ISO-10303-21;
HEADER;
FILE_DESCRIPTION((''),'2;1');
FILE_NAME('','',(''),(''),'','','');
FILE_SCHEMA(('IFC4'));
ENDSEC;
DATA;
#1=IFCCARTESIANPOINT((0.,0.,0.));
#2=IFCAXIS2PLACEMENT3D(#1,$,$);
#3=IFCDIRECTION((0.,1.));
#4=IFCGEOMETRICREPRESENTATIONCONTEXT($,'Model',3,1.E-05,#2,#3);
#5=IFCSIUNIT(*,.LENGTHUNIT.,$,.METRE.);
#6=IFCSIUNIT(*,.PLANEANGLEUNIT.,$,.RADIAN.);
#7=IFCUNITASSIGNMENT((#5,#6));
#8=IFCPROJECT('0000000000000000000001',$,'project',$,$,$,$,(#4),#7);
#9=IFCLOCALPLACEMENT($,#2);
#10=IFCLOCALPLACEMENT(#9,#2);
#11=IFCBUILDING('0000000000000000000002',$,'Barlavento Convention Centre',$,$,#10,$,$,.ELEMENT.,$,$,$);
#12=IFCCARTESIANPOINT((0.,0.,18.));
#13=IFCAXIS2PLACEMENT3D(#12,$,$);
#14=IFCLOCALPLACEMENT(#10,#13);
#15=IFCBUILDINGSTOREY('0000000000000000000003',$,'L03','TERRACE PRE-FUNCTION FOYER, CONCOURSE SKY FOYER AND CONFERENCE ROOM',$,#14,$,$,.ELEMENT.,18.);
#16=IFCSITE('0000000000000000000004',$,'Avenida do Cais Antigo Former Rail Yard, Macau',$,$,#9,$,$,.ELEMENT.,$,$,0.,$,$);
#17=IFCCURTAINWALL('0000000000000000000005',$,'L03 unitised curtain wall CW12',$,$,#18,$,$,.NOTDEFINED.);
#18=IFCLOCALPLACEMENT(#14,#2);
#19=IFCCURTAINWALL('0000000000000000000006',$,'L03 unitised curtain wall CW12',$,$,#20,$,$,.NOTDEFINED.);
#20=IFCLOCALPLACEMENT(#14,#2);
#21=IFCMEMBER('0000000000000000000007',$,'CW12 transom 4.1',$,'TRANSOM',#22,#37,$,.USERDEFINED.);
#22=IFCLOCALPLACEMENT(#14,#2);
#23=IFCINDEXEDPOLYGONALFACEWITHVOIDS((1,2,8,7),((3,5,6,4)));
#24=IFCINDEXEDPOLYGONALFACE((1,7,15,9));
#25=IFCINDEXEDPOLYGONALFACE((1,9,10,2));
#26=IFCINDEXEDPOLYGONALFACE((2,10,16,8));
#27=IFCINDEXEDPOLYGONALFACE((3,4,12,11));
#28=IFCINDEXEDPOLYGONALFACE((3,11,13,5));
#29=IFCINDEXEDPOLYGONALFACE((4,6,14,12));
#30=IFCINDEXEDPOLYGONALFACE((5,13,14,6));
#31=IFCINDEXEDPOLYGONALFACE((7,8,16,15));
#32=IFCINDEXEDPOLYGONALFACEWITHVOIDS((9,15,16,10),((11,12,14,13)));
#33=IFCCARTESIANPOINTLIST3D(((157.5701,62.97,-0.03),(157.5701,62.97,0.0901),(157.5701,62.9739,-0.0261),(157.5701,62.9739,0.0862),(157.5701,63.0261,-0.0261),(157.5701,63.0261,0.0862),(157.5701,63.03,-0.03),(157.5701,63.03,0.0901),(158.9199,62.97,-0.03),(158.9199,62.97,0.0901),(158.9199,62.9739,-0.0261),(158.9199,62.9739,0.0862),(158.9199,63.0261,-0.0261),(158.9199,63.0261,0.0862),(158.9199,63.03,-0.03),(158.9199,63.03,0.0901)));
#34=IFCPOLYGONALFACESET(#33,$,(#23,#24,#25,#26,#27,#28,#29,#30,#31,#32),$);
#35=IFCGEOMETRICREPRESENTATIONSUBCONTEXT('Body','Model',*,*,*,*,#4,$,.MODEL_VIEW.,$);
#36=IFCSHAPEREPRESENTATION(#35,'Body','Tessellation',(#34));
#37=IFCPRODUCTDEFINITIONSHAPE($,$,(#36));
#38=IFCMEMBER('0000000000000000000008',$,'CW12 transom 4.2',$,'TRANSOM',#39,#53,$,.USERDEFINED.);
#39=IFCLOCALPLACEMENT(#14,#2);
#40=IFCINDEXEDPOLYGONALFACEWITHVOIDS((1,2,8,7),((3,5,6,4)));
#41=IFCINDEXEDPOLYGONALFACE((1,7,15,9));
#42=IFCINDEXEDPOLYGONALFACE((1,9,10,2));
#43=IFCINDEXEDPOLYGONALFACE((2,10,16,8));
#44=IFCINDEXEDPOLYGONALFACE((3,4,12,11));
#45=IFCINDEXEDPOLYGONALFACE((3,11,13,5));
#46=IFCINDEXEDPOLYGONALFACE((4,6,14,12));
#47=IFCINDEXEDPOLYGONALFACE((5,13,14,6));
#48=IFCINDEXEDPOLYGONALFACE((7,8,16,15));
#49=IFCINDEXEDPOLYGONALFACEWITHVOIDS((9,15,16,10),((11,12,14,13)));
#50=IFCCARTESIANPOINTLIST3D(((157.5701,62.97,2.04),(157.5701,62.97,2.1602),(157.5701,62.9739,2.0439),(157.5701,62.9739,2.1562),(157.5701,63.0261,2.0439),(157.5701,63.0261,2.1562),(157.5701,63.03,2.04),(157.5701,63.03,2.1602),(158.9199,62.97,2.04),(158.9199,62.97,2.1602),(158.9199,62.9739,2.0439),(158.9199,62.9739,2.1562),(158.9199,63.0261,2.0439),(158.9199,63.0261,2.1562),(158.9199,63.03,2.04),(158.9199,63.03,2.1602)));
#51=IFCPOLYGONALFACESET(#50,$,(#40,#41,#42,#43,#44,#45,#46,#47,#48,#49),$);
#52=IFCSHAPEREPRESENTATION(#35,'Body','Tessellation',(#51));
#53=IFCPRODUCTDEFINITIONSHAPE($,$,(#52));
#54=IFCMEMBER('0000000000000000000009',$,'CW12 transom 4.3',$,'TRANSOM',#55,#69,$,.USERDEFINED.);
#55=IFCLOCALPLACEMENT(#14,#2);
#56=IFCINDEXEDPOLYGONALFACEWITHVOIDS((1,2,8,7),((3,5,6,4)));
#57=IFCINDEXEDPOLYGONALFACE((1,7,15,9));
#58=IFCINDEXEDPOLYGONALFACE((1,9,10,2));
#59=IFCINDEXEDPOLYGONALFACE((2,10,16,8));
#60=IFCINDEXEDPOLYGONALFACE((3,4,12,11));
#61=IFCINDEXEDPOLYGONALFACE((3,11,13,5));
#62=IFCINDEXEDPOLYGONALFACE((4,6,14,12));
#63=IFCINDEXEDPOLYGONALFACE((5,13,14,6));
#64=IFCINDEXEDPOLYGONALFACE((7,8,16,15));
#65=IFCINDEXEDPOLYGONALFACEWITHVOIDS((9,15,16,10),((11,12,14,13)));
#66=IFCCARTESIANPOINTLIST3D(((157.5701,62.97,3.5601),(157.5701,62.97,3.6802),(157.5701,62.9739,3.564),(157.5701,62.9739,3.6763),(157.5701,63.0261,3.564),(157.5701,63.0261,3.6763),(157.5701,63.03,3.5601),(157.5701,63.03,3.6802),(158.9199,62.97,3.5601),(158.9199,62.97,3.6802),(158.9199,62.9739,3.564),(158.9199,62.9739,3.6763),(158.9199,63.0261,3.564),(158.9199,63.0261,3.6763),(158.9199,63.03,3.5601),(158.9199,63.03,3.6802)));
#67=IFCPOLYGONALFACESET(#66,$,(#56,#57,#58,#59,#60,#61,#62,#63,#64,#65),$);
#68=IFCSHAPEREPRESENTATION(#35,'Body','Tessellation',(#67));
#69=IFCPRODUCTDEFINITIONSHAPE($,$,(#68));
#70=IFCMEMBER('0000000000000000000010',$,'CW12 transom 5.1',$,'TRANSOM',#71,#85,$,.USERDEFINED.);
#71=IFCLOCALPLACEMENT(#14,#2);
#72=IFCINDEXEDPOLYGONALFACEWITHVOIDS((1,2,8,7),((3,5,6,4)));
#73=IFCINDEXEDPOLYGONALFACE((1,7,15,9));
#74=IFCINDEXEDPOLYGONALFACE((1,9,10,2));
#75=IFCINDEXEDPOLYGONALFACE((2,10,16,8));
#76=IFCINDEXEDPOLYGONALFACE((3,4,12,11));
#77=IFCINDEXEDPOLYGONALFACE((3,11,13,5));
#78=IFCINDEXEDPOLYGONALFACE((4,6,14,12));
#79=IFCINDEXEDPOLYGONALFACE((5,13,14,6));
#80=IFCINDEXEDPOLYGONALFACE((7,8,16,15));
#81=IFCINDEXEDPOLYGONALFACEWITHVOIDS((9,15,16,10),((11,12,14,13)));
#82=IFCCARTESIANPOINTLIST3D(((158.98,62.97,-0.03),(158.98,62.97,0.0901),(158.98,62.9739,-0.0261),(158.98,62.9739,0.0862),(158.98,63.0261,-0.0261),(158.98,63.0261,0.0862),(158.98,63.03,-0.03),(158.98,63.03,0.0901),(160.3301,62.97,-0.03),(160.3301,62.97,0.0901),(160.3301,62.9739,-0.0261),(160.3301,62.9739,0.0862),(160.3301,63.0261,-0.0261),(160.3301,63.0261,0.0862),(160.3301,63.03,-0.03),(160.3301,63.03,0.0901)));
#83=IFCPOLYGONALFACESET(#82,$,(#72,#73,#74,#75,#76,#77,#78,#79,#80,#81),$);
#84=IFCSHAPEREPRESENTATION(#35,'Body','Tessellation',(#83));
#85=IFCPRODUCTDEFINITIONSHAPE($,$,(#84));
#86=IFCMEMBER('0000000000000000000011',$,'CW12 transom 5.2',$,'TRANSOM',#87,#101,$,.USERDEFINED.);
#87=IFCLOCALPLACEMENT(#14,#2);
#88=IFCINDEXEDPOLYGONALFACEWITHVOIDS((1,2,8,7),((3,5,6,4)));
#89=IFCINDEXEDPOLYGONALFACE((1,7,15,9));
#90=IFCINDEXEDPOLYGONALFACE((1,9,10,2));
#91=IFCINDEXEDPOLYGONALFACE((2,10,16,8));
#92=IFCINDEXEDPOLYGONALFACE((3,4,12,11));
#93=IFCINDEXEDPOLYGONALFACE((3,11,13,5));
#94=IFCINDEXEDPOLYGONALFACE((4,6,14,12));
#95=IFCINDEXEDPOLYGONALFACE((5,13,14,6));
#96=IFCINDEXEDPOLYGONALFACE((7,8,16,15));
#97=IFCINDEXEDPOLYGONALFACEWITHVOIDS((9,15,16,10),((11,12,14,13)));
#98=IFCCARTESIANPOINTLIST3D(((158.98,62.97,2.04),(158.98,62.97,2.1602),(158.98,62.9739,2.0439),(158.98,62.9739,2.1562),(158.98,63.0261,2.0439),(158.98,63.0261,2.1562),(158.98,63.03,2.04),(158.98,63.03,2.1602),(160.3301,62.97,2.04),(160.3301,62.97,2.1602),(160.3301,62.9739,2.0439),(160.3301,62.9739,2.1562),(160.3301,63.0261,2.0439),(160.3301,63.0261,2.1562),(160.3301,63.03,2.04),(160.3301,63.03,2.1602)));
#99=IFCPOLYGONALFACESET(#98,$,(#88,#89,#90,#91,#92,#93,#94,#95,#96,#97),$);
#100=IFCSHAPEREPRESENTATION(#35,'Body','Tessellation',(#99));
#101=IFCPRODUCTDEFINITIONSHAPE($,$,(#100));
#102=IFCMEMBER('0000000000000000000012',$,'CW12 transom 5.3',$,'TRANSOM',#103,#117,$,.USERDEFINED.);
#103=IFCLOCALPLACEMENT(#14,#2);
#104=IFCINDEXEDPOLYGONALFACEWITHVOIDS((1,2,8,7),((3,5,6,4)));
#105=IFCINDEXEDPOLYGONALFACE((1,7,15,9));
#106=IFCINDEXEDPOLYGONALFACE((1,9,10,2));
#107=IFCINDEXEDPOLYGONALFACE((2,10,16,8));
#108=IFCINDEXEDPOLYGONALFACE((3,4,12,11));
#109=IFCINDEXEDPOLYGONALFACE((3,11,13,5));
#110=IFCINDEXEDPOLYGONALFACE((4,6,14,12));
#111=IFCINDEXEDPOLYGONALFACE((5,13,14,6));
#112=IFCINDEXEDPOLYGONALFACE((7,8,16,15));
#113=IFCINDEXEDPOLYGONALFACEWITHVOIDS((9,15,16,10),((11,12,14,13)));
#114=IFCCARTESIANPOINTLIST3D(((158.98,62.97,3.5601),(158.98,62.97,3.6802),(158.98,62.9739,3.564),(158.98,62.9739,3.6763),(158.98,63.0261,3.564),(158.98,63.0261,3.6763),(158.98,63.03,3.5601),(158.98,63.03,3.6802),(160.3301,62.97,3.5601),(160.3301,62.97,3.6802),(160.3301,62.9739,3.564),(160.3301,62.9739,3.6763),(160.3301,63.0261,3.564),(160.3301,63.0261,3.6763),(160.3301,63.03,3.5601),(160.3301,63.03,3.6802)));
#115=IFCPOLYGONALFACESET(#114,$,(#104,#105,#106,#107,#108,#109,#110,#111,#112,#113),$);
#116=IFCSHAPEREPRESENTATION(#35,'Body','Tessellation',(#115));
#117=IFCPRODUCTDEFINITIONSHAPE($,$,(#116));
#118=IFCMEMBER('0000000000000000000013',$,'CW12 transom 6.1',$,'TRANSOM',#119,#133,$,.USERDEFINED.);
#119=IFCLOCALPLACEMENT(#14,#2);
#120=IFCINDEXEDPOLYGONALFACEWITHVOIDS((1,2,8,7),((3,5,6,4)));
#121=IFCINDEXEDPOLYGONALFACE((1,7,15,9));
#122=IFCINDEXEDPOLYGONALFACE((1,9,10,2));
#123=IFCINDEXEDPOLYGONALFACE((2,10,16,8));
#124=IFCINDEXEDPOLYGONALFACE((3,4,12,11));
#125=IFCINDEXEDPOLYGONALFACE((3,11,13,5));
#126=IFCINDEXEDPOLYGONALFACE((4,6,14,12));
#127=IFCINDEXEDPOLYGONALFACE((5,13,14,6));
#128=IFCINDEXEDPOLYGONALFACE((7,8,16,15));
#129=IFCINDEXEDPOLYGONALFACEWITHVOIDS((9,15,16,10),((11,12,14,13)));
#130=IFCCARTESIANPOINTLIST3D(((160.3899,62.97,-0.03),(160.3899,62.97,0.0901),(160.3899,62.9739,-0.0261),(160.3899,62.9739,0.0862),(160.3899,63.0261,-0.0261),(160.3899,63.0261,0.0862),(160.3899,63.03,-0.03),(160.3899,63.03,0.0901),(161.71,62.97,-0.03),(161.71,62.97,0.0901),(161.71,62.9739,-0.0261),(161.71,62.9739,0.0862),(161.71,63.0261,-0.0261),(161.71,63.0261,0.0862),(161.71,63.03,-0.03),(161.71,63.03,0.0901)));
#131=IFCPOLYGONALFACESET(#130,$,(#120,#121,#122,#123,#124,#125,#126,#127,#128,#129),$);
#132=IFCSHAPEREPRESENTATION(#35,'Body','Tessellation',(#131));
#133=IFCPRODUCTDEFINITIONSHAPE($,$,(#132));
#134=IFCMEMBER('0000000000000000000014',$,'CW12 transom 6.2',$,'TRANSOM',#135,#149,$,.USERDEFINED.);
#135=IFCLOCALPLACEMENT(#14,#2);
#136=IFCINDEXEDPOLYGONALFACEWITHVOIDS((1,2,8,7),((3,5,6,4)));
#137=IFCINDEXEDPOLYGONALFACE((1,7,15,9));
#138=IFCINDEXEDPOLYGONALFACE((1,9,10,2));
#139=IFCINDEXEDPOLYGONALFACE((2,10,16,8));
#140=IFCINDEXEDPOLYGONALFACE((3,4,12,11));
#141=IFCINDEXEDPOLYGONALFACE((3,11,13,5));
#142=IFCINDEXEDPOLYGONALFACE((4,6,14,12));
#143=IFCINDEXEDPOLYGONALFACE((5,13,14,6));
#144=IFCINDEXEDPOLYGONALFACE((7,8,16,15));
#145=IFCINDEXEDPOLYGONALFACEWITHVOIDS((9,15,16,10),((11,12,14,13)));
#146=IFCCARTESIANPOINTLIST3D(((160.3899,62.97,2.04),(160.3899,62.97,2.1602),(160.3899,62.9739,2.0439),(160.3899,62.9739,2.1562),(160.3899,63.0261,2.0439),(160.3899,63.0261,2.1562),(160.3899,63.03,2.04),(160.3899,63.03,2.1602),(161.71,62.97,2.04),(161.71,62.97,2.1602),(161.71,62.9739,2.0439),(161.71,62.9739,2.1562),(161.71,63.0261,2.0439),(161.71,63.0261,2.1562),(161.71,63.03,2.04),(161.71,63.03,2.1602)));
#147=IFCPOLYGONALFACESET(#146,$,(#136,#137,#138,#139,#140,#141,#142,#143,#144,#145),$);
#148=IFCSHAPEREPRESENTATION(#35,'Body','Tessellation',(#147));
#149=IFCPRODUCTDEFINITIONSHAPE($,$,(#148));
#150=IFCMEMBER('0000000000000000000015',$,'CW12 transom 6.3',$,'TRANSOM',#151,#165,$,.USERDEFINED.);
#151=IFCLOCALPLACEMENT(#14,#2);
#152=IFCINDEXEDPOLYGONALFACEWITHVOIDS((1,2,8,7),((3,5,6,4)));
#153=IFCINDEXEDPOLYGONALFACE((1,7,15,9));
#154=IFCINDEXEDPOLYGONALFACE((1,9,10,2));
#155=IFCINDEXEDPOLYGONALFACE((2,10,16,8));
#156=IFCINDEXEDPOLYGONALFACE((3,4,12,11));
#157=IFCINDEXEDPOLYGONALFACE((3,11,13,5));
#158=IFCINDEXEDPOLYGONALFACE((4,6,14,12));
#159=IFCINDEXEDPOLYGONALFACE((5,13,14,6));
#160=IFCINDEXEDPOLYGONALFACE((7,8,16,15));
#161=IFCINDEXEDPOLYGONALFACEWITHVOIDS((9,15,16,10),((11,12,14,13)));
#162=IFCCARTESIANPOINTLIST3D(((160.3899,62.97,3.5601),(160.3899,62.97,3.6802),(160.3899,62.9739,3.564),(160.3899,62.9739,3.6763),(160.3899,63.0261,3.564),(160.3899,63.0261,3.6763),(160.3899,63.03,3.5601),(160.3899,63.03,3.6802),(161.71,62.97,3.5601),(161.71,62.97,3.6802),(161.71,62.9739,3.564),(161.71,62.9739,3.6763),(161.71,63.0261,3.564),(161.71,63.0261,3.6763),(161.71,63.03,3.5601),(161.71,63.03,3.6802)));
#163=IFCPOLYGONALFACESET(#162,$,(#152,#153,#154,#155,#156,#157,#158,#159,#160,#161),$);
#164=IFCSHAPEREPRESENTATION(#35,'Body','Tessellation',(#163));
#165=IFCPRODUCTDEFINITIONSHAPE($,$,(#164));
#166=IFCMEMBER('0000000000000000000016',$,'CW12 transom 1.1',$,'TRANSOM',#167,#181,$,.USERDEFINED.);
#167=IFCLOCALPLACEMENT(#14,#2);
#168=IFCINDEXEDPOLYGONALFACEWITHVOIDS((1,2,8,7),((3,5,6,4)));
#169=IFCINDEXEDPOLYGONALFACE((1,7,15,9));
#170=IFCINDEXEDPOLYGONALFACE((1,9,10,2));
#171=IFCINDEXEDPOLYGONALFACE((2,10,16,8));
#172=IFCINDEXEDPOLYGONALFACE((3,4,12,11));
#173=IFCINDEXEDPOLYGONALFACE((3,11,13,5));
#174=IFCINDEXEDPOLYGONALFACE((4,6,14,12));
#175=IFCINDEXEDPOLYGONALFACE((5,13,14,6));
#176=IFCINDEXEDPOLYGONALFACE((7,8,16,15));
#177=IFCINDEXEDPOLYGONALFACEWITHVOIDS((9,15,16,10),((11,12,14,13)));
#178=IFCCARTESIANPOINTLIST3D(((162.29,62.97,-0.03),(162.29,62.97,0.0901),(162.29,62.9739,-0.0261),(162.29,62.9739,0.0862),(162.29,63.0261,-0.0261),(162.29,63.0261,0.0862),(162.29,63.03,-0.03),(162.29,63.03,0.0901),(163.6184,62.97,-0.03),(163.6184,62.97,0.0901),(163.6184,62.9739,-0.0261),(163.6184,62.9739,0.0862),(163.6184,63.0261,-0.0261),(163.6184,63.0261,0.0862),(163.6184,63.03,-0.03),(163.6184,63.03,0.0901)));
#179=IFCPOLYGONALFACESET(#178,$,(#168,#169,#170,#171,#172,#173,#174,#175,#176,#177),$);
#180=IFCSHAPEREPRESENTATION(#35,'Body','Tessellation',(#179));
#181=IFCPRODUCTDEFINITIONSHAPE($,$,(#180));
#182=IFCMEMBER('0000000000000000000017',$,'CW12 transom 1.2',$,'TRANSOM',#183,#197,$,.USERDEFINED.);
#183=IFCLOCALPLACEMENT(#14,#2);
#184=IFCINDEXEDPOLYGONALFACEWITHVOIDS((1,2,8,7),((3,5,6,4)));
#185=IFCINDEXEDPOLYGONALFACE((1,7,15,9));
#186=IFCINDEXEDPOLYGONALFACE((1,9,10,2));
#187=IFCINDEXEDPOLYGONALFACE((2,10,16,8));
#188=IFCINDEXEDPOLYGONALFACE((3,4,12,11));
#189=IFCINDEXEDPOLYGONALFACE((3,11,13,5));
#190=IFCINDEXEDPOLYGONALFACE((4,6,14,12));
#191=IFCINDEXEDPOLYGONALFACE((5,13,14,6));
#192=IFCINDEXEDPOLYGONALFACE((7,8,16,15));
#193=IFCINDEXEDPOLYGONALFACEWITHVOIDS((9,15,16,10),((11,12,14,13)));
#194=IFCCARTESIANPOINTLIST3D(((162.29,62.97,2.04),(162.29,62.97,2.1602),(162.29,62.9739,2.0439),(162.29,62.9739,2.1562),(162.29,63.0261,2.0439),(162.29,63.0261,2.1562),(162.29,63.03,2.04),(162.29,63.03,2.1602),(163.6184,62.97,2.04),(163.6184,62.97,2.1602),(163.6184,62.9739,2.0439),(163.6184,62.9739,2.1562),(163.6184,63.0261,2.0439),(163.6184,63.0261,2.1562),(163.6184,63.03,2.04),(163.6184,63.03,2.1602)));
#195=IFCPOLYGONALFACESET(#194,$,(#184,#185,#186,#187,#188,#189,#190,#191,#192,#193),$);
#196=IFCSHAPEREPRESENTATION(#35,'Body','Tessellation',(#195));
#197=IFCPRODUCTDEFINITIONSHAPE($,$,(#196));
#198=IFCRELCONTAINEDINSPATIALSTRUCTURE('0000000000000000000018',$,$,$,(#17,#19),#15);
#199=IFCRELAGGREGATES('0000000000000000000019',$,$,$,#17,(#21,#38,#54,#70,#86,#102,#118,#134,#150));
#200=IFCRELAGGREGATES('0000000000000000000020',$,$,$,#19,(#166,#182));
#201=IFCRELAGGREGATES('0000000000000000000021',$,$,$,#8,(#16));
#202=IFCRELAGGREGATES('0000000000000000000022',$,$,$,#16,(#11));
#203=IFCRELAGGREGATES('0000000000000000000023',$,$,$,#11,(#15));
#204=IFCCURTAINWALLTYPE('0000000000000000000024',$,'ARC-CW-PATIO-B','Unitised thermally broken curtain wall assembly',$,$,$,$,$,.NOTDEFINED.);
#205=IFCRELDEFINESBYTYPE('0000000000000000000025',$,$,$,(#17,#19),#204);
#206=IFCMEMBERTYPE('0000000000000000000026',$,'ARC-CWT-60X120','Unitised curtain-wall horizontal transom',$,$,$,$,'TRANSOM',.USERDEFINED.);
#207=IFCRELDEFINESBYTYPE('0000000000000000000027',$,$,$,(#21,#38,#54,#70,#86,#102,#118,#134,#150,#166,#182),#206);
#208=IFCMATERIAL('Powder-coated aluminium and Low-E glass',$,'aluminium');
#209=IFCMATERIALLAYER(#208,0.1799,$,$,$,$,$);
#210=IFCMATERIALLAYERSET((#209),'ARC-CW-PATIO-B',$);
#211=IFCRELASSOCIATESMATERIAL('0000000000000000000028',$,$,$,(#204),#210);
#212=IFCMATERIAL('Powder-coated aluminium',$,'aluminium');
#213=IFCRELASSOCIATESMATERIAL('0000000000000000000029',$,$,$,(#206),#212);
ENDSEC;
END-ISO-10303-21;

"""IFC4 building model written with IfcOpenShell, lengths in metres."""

from ifc_helpers import new_model, si_unit, direction, frame, origin, origin_2d, place, context, subcontext, project, spatial, hollow_rectangle, extrude, material, layer, layer_set, material_profile, profile_set, type_object, element, aggregate, save


model = new_model("IFC4")

# Units and contexts
model_context = context("Model", 3, precision=1e-05, world=origin(), true_north=direction((0.0, 1.0)))
body_context = subcontext(model_context, "Body", "Model", "MODEL_VIEW")
ifc_project = project(units=[si_unit("LENGTHUNIT", "METRE"), si_unit("PLANEANGLEUNIT", "RADIAN")], contexts=[model_context])

# Site, building, storey
site_placement = place(None, origin())
site = spatial("IfcSite", under=ifc_project, at=site_placement, Name="Avenida do Cais Antigo Former Rail Yard, Macau", CompositionType="ELEMENT", RefElevation=0.0)
building_placement = place(site_placement, origin())
building = spatial("IfcBuilding", under=site, at=building_placement, Name="Barlavento Convention Centre", CompositionType="ELEMENT")
storey_placement = place(building_placement, frame((0.0, 0.0, 18.0)))
storey = spatial("IfcBuildingStorey", under=building, at=storey_placement, Name="L03", Description="TERRACE PRE-FUNCTION FOYER, CONCOURSE SKY FOYER AND CONFERENCE ROOM", CompositionType="ELEMENT", Elevation=18.0)

# Curtain wall
ifc_material_1 = material(Name="Powder-coated aluminium and Low-E glass", Category="aluminium")
ifc_layer_1 = layer(ifc_material_1, 0.1799)
ifc_layer_set_1 = layer_set([ifc_layer_1], Name="ARC-CW-PATIO-B")
curtain_wall_type = type_object("IfcCurtainWallType", Name="ARC-CW-PATIO-B", Description="Unitised thermally broken curtain wall assembly", PredefinedType="NOTDEFINED", material=ifc_layer_set_1)
curtain_wall_1_placement = place(storey_placement, origin())
curtain_wall_1 = element("IfcCurtainWall", 1, at=curtain_wall_1_placement, inside=storey, type_object=curtain_wall_type, Name="L03 unitised curtain wall CW12", PredefinedType="NOTDEFINED")
ifc_material_2 = material(Name="Powder-coated aluminium", Category="aluminium")

# Curtain wall
curtain_wall_2_placement = place(storey_placement, origin())
curtain_wall_2 = element("IfcCurtainWall", 2, at=curtain_wall_2_placement, inside=storey, type_object=curtain_wall_type, Name="L03 unitised curtain wall CW12", PredefinedType="NOTDEFINED")

# Members
ifc_material_profile_1 = material_profile(ifc_material_2, hollow_rectangle(XDim=0.0601, YDim=0.1201, WallThickness=0.0039, at=origin_2d()), Name="AL-TRAN 60x120x4")
ifc_profile_set_1 = profile_set([ifc_material_profile_1], Name="Powder-coated aluminium")
member_type_1 = type_object("IfcMemberType", Name="ARC-CWT-60X120", Description="Unitised curtain-wall horizontal transom", ElementType="TRANSOM", PredefinedType="USERDEFINED", material=ifc_profile_set_1)
member_1_placement = place(storey_placement, frame((157.5701, 63.0, 0.03), z_axis=(1.0, 0.0, 0.0), x_axis=(0.0, 1.0, 0.0)))
member_1 = element("IfcMember", 3, at=member_1_placement, type_object=member_type_1, Name="CW12 transom 4.1", ObjectType="TRANSOM", PredefinedType="USERDEFINED", context=body_context, shape_type="SweptSolid", body=[
    extrude(hollow_rectangle(XDim=0.0601, YDim=0.1201, WallThickness=0.0039, at=origin_2d()), origin(), (0.0, 0.0, 1.0), 1.3499),
])
member_2_placement = place(storey_placement, frame((157.5701, 63.0, 2.1001), z_axis=(1.0, 0.0, 0.0), x_axis=(0.0, 1.0, 0.0)))
member_2 = element("IfcMember", 4, at=member_2_placement, type_object=member_type_1, Name="CW12 transom 4.2", ObjectType="TRANSOM", PredefinedType="USERDEFINED", context=body_context, shape_type="SweptSolid", body=[
    extrude(hollow_rectangle(XDim=0.0601, YDim=0.1201, WallThickness=0.0039, at=origin_2d()), origin(), (0.0, 0.0, 1.0), 1.3499),
])
member_3_placement = place(storey_placement, frame((157.5701, 63.0, 3.6201), z_axis=(1.0, 0.0, 0.0), x_axis=(0.0, 1.0, 0.0)))
member_3 = element("IfcMember", 5, at=member_3_placement, type_object=member_type_1, Name="CW12 transom 4.3", ObjectType="TRANSOM", PredefinedType="USERDEFINED", context=body_context, shape_type="SweptSolid", body=[
    extrude(hollow_rectangle(XDim=0.0601, YDim=0.1201, WallThickness=0.0039, at=origin_2d()), origin(), (0.0, 0.0, 1.0), 1.3499),
])
member_4_placement = place(storey_placement, frame((158.98, 63.0, 0.03), z_axis=(1.0, 0.0, 0.0), x_axis=(0.0, 1.0, 0.0)))
member_4 = element("IfcMember", 6, at=member_4_placement, type_object=member_type_1, Name="CW12 transom 5.1", ObjectType="TRANSOM", PredefinedType="USERDEFINED", context=body_context, shape_type="SweptSolid", body=[
    extrude(hollow_rectangle(XDim=0.0601, YDim=0.1201, WallThickness=0.0039, at=origin_2d()), origin(), (0.0, 0.0, 1.0), 1.3501),
])
member_5_placement = place(storey_placement, frame((158.98, 63.0, 2.1001), z_axis=(1.0, 0.0, 0.0), x_axis=(0.0, 1.0, 0.0)))
member_5 = element("IfcMember", 7, at=member_5_placement, type_object=member_type_1, Name="CW12 transom 5.2", ObjectType="TRANSOM", PredefinedType="USERDEFINED", context=body_context, shape_type="SweptSolid", body=[
    extrude(hollow_rectangle(XDim=0.0601, YDim=0.1201, WallThickness=0.0039, at=origin_2d()), origin(), (0.0, 0.0, 1.0), 1.3501),
])
member_6_placement = place(storey_placement, frame((158.98, 63.0, 3.6201), z_axis=(1.0, 0.0, 0.0), x_axis=(0.0, 1.0, 0.0)))
member_6 = element("IfcMember", 8, at=member_6_placement, type_object=member_type_1, Name="CW12 transom 5.3", ObjectType="TRANSOM", PredefinedType="USERDEFINED", context=body_context, shape_type="SweptSolid", body=[
    extrude(hollow_rectangle(XDim=0.0601, YDim=0.1201, WallThickness=0.0039, at=origin_2d()), origin(), (0.0, 0.0, 1.0), 1.3501),
])
member_7_placement = place(storey_placement, frame((160.3899, 63.0, 0.03), z_axis=(1.0, 0.0, 0.0), x_axis=(0.0, 1.0, 0.0)))
member_7 = element("IfcMember", 9, at=member_7_placement, type_object=member_type_1, Name="CW12 transom 6.1", ObjectType="TRANSOM", PredefinedType="USERDEFINED", context=body_context, shape_type="SweptSolid", body=[
    extrude(hollow_rectangle(XDim=0.0601, YDim=0.1201, WallThickness=0.0039, at=origin_2d()), origin(), (0.0, 0.0, 1.0), 1.3201),
])
member_8_placement = place(storey_placement, frame((160.3899, 63.0, 2.1001), z_axis=(1.0, 0.0, 0.0), x_axis=(0.0, 1.0, 0.0)))
member_8 = element("IfcMember", 10, at=member_8_placement, type_object=member_type_1, Name="CW12 transom 6.2", ObjectType="TRANSOM", PredefinedType="USERDEFINED", context=body_context, shape_type="SweptSolid", body=[
    extrude(hollow_rectangle(XDim=0.0601, YDim=0.1201, WallThickness=0.0039, at=origin_2d()), origin(), (0.0, 0.0, 1.0), 1.3201),
])
member_9_placement = place(storey_placement, frame((160.3899, 63.0, 3.6201), z_axis=(1.0, 0.0, 0.0), x_axis=(0.0, 1.0, 0.0)))
member_9 = element("IfcMember", 11, at=member_9_placement, type_object=member_type_1, Name="CW12 transom 6.3", ObjectType="TRANSOM", PredefinedType="USERDEFINED", context=body_context, shape_type="SweptSolid", body=[
    extrude(hollow_rectangle(XDim=0.0601, YDim=0.1201, WallThickness=0.0039, at=origin_2d()), origin(), (0.0, 0.0, 1.0), 1.3201),
])
member_10_placement = place(storey_placement, frame((162.29, 63.0, 0.03), z_axis=(1.0, 0.0, 0.0), x_axis=(0.0, 1.0, 0.0)))
member_10 = element("IfcMember", 12, at=member_10_placement, type_object=member_type_1, Name="CW12 transom 1.1", ObjectType="TRANSOM", PredefinedType="USERDEFINED", context=body_context, shape_type="SweptSolid", body=[
    extrude(hollow_rectangle(XDim=0.0601, YDim=0.1201, WallThickness=0.0039, at=origin_2d()), origin(), (0.0, 0.0, 1.0), 1.3284),
])
member_11_placement = place(storey_placement, frame((162.29, 63.0, 2.1001), z_axis=(1.0, 0.0, 0.0), x_axis=(0.0, 1.0, 0.0)))
member_11 = element("IfcMember", 13, at=member_11_placement, type_object=member_type_1, Name="CW12 transom 1.2", ObjectType="TRANSOM", PredefinedType="USERDEFINED", context=body_context, shape_type="SweptSolid", body=[
    extrude(hollow_rectangle(XDim=0.0601, YDim=0.1201, WallThickness=0.0039, at=origin_2d()), origin(), (0.0, 0.0, 1.0), 1.3284),
])

aggregate(curtain_wall_1, [member_1, member_2, member_3, member_4, member_5, member_6, member_7, member_8, member_9])
aggregate(curtain_wall_2, [member_10, member_11])

save(model, "model.ifc")
